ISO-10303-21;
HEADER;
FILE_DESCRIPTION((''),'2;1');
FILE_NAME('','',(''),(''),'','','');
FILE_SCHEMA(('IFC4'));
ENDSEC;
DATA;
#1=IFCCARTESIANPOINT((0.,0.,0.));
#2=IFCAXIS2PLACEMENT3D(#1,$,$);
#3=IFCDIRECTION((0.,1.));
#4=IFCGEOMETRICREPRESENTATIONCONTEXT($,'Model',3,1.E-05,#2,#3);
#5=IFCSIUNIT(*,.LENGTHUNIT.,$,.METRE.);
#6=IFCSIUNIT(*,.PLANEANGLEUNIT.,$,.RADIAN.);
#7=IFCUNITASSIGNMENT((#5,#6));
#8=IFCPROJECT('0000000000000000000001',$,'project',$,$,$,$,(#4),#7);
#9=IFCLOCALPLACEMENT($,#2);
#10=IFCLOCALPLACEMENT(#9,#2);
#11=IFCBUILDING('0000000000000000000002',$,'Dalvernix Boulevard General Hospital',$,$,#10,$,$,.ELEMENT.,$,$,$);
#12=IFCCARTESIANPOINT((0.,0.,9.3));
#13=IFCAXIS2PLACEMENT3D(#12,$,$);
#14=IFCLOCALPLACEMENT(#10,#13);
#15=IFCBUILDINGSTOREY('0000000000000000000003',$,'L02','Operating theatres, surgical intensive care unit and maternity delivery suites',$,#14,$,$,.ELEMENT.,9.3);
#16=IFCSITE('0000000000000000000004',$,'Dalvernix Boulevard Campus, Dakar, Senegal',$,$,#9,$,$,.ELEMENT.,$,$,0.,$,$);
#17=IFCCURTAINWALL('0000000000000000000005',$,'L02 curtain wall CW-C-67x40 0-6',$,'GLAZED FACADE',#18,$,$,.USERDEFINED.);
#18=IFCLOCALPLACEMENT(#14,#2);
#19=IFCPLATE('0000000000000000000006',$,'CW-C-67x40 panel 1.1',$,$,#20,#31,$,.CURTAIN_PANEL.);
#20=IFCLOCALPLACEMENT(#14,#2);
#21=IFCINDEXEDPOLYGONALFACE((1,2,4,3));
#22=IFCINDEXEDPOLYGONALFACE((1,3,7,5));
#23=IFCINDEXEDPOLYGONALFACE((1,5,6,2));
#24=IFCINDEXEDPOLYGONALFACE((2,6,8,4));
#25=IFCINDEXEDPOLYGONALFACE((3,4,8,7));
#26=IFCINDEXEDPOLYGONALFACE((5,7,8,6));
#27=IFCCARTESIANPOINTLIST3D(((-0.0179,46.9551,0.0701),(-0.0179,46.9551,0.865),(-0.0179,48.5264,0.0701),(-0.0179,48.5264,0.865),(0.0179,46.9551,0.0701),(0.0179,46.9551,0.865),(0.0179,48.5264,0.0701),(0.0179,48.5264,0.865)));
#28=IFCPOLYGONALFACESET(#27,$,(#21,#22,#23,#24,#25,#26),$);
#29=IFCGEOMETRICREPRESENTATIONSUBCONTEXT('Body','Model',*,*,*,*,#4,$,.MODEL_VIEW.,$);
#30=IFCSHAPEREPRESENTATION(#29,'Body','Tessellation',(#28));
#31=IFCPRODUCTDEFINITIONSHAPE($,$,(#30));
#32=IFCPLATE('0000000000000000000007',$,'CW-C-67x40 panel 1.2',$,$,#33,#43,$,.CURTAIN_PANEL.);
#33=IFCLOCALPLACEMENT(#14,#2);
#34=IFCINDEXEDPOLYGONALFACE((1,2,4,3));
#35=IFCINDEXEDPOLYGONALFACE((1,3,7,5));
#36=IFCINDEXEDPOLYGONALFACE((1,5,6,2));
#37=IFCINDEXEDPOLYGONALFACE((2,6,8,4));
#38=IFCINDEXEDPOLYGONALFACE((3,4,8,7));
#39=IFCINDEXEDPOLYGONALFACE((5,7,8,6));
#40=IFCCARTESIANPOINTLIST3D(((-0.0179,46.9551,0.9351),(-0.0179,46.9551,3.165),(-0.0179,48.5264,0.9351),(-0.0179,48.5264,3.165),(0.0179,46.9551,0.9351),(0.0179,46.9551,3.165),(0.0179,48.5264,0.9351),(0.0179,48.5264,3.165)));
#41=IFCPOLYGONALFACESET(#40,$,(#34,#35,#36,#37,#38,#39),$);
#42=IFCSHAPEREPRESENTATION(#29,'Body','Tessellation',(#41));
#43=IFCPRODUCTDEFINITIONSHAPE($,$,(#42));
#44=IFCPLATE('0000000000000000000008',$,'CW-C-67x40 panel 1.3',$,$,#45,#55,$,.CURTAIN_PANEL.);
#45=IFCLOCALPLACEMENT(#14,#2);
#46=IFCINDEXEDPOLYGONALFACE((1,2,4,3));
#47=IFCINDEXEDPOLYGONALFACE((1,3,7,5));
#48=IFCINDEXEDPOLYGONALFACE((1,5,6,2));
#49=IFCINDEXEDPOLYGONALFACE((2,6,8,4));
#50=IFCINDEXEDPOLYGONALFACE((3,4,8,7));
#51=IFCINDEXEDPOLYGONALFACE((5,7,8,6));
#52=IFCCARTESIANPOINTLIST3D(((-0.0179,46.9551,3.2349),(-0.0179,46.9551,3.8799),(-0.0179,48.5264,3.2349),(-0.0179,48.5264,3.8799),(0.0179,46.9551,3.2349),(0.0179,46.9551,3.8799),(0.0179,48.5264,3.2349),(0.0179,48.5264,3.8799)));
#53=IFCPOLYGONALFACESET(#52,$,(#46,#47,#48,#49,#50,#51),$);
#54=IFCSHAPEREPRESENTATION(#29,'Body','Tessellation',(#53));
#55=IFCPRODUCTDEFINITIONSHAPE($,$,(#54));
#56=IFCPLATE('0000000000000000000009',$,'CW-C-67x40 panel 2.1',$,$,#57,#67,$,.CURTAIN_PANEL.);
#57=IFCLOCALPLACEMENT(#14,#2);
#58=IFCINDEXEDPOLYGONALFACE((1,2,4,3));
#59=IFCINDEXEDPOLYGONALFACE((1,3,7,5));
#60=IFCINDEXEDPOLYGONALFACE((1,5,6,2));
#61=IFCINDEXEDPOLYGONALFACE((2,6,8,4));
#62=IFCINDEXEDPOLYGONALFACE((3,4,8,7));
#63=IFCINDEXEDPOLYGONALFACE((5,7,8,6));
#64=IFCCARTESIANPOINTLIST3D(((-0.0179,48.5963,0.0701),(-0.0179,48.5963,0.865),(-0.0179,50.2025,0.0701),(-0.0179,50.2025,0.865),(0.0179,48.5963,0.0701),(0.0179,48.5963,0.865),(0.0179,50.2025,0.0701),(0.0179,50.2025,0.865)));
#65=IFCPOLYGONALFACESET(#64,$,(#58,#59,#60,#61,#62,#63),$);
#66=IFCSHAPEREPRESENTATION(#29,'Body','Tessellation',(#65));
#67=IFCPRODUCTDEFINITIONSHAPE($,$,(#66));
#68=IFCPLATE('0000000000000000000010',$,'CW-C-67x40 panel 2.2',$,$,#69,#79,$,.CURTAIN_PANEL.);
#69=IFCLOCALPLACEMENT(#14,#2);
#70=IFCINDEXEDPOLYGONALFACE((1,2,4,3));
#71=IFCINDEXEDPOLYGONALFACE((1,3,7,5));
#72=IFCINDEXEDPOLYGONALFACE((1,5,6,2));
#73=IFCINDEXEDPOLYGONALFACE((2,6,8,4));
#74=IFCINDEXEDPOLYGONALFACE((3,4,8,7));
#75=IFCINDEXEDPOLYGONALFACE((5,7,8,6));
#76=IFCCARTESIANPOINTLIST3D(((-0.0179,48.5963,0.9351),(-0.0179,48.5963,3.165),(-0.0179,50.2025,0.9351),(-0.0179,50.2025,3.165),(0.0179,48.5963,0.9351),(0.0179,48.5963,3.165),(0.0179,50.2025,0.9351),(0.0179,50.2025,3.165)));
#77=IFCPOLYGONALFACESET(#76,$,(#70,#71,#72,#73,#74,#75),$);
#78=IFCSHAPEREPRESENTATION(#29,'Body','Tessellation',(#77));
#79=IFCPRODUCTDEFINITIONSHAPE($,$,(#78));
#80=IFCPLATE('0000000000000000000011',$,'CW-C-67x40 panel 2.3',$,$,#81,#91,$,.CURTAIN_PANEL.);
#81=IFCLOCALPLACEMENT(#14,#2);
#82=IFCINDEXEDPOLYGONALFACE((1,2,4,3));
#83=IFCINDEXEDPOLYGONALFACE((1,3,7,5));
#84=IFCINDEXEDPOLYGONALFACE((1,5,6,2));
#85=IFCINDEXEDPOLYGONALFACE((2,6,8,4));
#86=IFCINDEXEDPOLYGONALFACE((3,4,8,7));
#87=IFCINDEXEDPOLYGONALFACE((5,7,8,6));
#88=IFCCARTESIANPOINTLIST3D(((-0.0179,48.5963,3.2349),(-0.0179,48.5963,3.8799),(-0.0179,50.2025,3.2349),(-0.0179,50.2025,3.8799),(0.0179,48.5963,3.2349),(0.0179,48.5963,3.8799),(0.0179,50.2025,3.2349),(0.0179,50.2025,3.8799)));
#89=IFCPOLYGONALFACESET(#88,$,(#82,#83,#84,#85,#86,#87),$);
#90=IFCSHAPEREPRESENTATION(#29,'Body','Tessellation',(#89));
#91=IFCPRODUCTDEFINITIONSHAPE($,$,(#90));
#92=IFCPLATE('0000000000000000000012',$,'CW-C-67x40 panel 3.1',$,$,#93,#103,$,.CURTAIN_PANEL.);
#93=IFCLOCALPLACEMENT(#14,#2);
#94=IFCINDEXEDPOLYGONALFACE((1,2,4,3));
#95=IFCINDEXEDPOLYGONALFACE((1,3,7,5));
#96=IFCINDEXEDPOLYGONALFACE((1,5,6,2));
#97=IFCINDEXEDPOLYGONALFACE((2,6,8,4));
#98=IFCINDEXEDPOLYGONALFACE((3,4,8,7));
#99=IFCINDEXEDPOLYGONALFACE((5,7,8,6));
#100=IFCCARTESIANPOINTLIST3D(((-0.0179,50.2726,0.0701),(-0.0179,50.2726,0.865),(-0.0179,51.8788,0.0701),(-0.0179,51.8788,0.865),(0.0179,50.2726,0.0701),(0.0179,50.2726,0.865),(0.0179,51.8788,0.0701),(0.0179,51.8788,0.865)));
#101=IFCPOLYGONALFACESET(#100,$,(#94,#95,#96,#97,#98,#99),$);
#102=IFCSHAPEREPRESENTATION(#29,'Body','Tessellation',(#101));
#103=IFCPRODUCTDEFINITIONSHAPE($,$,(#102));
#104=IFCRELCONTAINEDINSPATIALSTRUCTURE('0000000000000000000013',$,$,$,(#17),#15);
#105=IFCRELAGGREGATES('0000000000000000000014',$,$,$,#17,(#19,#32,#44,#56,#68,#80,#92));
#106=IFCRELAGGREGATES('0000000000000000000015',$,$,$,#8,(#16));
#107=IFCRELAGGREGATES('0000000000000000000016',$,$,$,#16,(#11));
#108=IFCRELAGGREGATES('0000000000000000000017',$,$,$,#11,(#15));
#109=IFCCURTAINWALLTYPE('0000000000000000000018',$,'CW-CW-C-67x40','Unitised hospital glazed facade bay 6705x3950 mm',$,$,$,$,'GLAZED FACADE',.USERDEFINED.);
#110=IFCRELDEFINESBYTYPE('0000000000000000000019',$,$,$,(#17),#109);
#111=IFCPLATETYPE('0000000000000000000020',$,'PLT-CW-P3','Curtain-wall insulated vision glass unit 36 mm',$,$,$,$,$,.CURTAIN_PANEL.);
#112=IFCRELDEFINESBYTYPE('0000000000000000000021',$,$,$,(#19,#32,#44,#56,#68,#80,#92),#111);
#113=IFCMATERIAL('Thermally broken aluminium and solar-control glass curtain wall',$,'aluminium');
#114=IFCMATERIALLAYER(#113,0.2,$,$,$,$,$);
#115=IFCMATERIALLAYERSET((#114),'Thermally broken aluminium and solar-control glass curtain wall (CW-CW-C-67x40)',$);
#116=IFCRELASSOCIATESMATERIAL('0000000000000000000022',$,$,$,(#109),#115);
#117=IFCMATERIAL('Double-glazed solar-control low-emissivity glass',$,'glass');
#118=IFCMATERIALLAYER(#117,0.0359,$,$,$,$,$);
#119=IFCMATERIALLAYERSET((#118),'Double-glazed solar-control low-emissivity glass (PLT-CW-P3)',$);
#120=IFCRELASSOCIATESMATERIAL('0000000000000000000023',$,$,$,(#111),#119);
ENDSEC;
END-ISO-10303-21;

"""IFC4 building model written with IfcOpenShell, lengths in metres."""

from ifc_helpers import new_model, si_unit, direction, frame, origin, origin_2d, place, context, subcontext, project, spatial, rectangle, extrude, material, layer, layer_set, type_object, element, aggregate, save


model = new_model("IFC4")

# Units and contexts
model_context = context("Model", 3, precision=1e-05, world=origin(), true_north=direction((0.0, 1.0)))
body_context = subcontext(model_context, "Body", "Model", "MODEL_VIEW")
ifc_project = project(units=[si_unit("LENGTHUNIT", "METRE"), si_unit("PLANEANGLEUNIT", "RADIAN")], contexts=[model_context])

# Site, building, storey
site_placement = place(None, origin())
site = spatial("IfcSite", under=ifc_project, at=site_placement, Name="Dalvernix Boulevard Campus, Dakar, Senegal", CompositionType="ELEMENT", RefElevation=0.0)
building_placement = place(site_placement, origin())
building = spatial("IfcBuilding", under=site, at=building_placement, Name="Dalvernix Boulevard General Hospital", CompositionType="ELEMENT")
storey_placement = place(building_placement, frame((0.0, 0.0, 9.3)))
storey = spatial("IfcBuildingStorey", under=building, at=storey_placement, Name="L02", Description="Operating theatres, surgical intensive care unit and maternity delivery suites", CompositionType="ELEMENT", Elevation=9.3)

# Curtain wall, plates
ifc_material_1 = material(Name="Thermally broken aluminium and solar-control glass curtain wall", Category="aluminium")
ifc_layer_1 = layer(ifc_material_1, 0.2)
ifc_layer_set_1 = layer_set([ifc_layer_1], Name="Thermally broken aluminium and solar-control glass curtain wall (CW-CW-C-67x40)")
curtain_wall_type = type_object("IfcCurtainWallType", Name="CW-CW-C-67x40", Description="Unitised hospital glazed facade bay 6705x3950 mm", ElementType="GLAZED FACADE", PredefinedType="USERDEFINED", material=ifc_layer_set_1)
curtain_wall_placement = place(storey_placement, origin())
curtain_wall = element("IfcCurtainWall", 1, at=curtain_wall_placement, inside=storey, type_object=curtain_wall_type, Name="L02 curtain wall CW-C-67x40 0-6", ObjectType="GLAZED FACADE", PredefinedType="USERDEFINED")
ifc_material_2 = material(Name="Double-glazed solar-control low-emissivity glass", Category="glass")
ifc_layer_2 = layer(ifc_material_2, 0.0359)
ifc_layer_set_2 = layer_set([ifc_layer_2], Name="Double-glazed solar-control low-emissivity glass (PLT-CW-P3)")
plate_type = type_object("IfcPlateType", Name="PLT-CW-P3", Description="Curtain-wall insulated vision glass unit 36 mm", PredefinedType="CURTAIN_PANEL", material=ifc_layer_set_2)
plate_1_placement = place(storey_placement, frame((0.0, 47.7407, 0.0701), z_axis=(0.0, 0.0, 1.0), x_axis=(0.0, 1.0, 0.0)))
plate_1 = element("IfcPlate", 2, at=plate_1_placement, type_object=plate_type, Name="CW-C-67x40 panel 1.1", PredefinedType="CURTAIN_PANEL", context=body_context, shape_type="SweptSolid", body=[
    extrude(rectangle(XDim=1.5713, YDim=0.0359, at=origin_2d()), origin(), (0.0, 0.0, 1.0), 0.7949),
])
plate_2_placement = place(storey_placement, frame((0.0, 47.7407, 0.9351), z_axis=(0.0, 0.0, 1.0), x_axis=(0.0, 1.0, 0.0)))
plate_2 = element("IfcPlate", 3, at=plate_2_placement, type_object=plate_type, Name="CW-C-67x40 panel 1.2", PredefinedType="CURTAIN_PANEL", context=body_context, shape_type="SweptSolid", body=[
    extrude(rectangle(XDim=1.5713, YDim=0.0359, at=origin_2d()), origin(), (0.0, 0.0, 1.0), 2.23),
])
plate_3_placement = place(storey_placement, frame((0.0, 47.7407, 3.2349), z_axis=(0.0, 0.0, 1.0), x_axis=(0.0, 1.0, 0.0)))
plate_3 = element("IfcPlate", 4, at=plate_3_placement, type_object=plate_type, Name="CW-C-67x40 panel 1.3", PredefinedType="CURTAIN_PANEL", context=body_context, shape_type="SweptSolid", body=[
    extrude(rectangle(XDim=1.5713, YDim=0.0359, at=origin_2d()), origin(), (0.0, 0.0, 1.0), 0.645),
])
plate_4_placement = place(storey_placement, frame((0.0, 49.3994, 0.0701), z_axis=(0.0, 0.0, 1.0), x_axis=(0.0, 1.0, 0.0)))
plate_4 = element("IfcPlate", 5, at=plate_4_placement, type_object=plate_type, Name="CW-C-67x40 panel 2.1", PredefinedType="CURTAIN_PANEL", context=body_context, shape_type="SweptSolid", body=[
    extrude(rectangle(XDim=1.6062, YDim=0.0359, at=origin_2d()), origin(), (0.0, 0.0, 1.0), 0.7949),
])
plate_5_placement = place(storey_placement, frame((0.0, 49.3994, 0.9351), z_axis=(0.0, 0.0, 1.0), x_axis=(0.0, 1.0, 0.0)))
plate_5 = element("IfcPlate", 6, at=plate_5_placement, type_object=plate_type, Name="CW-C-67x40 panel 2.2", PredefinedType="CURTAIN_PANEL", context=body_context, shape_type="SweptSolid", body=[
    extrude(rectangle(XDim=1.6062, YDim=0.0359, at=origin_2d()), origin(), (0.0, 0.0, 1.0), 2.23),
])
plate_6_placement = place(storey_placement, frame((0.0, 49.3994, 3.2349), z_axis=(0.0, 0.0, 1.0), x_axis=(0.0, 1.0, 0.0)))
plate_6 = element("IfcPlate", 7, at=plate_6_placement, type_object=plate_type, Name="CW-C-67x40 panel 2.3", PredefinedType="CURTAIN_PANEL", context=body_context, shape_type="SweptSolid", body=[
    extrude(rectangle(XDim=1.6062, YDim=0.0359, at=origin_2d()), origin(), (0.0, 0.0, 1.0), 0.645),
])
plate_7_placement = place(storey_placement, frame((0.0, 51.0757, 0.0701), z_axis=(0.0, 0.0, 1.0), x_axis=(0.0, 1.0, 0.0)))
plate_7 = element("IfcPlate", 8, at=plate_7_placement, type_object=plate_type, Name="CW-C-67x40 panel 3.1", PredefinedType="CURTAIN_PANEL", context=body_context, shape_type="SweptSolid", body=[
    extrude(rectangle(XDim=1.6062, YDim=0.0359, at=origin_2d()), origin(), (0.0, 0.0, 1.0), 0.7949),
])
aggregate(curtain_wall, [plate_1, plate_2, plate_3, plate_4, plate_5, plate_6, plate_7])

save(model, "model.ifc")
